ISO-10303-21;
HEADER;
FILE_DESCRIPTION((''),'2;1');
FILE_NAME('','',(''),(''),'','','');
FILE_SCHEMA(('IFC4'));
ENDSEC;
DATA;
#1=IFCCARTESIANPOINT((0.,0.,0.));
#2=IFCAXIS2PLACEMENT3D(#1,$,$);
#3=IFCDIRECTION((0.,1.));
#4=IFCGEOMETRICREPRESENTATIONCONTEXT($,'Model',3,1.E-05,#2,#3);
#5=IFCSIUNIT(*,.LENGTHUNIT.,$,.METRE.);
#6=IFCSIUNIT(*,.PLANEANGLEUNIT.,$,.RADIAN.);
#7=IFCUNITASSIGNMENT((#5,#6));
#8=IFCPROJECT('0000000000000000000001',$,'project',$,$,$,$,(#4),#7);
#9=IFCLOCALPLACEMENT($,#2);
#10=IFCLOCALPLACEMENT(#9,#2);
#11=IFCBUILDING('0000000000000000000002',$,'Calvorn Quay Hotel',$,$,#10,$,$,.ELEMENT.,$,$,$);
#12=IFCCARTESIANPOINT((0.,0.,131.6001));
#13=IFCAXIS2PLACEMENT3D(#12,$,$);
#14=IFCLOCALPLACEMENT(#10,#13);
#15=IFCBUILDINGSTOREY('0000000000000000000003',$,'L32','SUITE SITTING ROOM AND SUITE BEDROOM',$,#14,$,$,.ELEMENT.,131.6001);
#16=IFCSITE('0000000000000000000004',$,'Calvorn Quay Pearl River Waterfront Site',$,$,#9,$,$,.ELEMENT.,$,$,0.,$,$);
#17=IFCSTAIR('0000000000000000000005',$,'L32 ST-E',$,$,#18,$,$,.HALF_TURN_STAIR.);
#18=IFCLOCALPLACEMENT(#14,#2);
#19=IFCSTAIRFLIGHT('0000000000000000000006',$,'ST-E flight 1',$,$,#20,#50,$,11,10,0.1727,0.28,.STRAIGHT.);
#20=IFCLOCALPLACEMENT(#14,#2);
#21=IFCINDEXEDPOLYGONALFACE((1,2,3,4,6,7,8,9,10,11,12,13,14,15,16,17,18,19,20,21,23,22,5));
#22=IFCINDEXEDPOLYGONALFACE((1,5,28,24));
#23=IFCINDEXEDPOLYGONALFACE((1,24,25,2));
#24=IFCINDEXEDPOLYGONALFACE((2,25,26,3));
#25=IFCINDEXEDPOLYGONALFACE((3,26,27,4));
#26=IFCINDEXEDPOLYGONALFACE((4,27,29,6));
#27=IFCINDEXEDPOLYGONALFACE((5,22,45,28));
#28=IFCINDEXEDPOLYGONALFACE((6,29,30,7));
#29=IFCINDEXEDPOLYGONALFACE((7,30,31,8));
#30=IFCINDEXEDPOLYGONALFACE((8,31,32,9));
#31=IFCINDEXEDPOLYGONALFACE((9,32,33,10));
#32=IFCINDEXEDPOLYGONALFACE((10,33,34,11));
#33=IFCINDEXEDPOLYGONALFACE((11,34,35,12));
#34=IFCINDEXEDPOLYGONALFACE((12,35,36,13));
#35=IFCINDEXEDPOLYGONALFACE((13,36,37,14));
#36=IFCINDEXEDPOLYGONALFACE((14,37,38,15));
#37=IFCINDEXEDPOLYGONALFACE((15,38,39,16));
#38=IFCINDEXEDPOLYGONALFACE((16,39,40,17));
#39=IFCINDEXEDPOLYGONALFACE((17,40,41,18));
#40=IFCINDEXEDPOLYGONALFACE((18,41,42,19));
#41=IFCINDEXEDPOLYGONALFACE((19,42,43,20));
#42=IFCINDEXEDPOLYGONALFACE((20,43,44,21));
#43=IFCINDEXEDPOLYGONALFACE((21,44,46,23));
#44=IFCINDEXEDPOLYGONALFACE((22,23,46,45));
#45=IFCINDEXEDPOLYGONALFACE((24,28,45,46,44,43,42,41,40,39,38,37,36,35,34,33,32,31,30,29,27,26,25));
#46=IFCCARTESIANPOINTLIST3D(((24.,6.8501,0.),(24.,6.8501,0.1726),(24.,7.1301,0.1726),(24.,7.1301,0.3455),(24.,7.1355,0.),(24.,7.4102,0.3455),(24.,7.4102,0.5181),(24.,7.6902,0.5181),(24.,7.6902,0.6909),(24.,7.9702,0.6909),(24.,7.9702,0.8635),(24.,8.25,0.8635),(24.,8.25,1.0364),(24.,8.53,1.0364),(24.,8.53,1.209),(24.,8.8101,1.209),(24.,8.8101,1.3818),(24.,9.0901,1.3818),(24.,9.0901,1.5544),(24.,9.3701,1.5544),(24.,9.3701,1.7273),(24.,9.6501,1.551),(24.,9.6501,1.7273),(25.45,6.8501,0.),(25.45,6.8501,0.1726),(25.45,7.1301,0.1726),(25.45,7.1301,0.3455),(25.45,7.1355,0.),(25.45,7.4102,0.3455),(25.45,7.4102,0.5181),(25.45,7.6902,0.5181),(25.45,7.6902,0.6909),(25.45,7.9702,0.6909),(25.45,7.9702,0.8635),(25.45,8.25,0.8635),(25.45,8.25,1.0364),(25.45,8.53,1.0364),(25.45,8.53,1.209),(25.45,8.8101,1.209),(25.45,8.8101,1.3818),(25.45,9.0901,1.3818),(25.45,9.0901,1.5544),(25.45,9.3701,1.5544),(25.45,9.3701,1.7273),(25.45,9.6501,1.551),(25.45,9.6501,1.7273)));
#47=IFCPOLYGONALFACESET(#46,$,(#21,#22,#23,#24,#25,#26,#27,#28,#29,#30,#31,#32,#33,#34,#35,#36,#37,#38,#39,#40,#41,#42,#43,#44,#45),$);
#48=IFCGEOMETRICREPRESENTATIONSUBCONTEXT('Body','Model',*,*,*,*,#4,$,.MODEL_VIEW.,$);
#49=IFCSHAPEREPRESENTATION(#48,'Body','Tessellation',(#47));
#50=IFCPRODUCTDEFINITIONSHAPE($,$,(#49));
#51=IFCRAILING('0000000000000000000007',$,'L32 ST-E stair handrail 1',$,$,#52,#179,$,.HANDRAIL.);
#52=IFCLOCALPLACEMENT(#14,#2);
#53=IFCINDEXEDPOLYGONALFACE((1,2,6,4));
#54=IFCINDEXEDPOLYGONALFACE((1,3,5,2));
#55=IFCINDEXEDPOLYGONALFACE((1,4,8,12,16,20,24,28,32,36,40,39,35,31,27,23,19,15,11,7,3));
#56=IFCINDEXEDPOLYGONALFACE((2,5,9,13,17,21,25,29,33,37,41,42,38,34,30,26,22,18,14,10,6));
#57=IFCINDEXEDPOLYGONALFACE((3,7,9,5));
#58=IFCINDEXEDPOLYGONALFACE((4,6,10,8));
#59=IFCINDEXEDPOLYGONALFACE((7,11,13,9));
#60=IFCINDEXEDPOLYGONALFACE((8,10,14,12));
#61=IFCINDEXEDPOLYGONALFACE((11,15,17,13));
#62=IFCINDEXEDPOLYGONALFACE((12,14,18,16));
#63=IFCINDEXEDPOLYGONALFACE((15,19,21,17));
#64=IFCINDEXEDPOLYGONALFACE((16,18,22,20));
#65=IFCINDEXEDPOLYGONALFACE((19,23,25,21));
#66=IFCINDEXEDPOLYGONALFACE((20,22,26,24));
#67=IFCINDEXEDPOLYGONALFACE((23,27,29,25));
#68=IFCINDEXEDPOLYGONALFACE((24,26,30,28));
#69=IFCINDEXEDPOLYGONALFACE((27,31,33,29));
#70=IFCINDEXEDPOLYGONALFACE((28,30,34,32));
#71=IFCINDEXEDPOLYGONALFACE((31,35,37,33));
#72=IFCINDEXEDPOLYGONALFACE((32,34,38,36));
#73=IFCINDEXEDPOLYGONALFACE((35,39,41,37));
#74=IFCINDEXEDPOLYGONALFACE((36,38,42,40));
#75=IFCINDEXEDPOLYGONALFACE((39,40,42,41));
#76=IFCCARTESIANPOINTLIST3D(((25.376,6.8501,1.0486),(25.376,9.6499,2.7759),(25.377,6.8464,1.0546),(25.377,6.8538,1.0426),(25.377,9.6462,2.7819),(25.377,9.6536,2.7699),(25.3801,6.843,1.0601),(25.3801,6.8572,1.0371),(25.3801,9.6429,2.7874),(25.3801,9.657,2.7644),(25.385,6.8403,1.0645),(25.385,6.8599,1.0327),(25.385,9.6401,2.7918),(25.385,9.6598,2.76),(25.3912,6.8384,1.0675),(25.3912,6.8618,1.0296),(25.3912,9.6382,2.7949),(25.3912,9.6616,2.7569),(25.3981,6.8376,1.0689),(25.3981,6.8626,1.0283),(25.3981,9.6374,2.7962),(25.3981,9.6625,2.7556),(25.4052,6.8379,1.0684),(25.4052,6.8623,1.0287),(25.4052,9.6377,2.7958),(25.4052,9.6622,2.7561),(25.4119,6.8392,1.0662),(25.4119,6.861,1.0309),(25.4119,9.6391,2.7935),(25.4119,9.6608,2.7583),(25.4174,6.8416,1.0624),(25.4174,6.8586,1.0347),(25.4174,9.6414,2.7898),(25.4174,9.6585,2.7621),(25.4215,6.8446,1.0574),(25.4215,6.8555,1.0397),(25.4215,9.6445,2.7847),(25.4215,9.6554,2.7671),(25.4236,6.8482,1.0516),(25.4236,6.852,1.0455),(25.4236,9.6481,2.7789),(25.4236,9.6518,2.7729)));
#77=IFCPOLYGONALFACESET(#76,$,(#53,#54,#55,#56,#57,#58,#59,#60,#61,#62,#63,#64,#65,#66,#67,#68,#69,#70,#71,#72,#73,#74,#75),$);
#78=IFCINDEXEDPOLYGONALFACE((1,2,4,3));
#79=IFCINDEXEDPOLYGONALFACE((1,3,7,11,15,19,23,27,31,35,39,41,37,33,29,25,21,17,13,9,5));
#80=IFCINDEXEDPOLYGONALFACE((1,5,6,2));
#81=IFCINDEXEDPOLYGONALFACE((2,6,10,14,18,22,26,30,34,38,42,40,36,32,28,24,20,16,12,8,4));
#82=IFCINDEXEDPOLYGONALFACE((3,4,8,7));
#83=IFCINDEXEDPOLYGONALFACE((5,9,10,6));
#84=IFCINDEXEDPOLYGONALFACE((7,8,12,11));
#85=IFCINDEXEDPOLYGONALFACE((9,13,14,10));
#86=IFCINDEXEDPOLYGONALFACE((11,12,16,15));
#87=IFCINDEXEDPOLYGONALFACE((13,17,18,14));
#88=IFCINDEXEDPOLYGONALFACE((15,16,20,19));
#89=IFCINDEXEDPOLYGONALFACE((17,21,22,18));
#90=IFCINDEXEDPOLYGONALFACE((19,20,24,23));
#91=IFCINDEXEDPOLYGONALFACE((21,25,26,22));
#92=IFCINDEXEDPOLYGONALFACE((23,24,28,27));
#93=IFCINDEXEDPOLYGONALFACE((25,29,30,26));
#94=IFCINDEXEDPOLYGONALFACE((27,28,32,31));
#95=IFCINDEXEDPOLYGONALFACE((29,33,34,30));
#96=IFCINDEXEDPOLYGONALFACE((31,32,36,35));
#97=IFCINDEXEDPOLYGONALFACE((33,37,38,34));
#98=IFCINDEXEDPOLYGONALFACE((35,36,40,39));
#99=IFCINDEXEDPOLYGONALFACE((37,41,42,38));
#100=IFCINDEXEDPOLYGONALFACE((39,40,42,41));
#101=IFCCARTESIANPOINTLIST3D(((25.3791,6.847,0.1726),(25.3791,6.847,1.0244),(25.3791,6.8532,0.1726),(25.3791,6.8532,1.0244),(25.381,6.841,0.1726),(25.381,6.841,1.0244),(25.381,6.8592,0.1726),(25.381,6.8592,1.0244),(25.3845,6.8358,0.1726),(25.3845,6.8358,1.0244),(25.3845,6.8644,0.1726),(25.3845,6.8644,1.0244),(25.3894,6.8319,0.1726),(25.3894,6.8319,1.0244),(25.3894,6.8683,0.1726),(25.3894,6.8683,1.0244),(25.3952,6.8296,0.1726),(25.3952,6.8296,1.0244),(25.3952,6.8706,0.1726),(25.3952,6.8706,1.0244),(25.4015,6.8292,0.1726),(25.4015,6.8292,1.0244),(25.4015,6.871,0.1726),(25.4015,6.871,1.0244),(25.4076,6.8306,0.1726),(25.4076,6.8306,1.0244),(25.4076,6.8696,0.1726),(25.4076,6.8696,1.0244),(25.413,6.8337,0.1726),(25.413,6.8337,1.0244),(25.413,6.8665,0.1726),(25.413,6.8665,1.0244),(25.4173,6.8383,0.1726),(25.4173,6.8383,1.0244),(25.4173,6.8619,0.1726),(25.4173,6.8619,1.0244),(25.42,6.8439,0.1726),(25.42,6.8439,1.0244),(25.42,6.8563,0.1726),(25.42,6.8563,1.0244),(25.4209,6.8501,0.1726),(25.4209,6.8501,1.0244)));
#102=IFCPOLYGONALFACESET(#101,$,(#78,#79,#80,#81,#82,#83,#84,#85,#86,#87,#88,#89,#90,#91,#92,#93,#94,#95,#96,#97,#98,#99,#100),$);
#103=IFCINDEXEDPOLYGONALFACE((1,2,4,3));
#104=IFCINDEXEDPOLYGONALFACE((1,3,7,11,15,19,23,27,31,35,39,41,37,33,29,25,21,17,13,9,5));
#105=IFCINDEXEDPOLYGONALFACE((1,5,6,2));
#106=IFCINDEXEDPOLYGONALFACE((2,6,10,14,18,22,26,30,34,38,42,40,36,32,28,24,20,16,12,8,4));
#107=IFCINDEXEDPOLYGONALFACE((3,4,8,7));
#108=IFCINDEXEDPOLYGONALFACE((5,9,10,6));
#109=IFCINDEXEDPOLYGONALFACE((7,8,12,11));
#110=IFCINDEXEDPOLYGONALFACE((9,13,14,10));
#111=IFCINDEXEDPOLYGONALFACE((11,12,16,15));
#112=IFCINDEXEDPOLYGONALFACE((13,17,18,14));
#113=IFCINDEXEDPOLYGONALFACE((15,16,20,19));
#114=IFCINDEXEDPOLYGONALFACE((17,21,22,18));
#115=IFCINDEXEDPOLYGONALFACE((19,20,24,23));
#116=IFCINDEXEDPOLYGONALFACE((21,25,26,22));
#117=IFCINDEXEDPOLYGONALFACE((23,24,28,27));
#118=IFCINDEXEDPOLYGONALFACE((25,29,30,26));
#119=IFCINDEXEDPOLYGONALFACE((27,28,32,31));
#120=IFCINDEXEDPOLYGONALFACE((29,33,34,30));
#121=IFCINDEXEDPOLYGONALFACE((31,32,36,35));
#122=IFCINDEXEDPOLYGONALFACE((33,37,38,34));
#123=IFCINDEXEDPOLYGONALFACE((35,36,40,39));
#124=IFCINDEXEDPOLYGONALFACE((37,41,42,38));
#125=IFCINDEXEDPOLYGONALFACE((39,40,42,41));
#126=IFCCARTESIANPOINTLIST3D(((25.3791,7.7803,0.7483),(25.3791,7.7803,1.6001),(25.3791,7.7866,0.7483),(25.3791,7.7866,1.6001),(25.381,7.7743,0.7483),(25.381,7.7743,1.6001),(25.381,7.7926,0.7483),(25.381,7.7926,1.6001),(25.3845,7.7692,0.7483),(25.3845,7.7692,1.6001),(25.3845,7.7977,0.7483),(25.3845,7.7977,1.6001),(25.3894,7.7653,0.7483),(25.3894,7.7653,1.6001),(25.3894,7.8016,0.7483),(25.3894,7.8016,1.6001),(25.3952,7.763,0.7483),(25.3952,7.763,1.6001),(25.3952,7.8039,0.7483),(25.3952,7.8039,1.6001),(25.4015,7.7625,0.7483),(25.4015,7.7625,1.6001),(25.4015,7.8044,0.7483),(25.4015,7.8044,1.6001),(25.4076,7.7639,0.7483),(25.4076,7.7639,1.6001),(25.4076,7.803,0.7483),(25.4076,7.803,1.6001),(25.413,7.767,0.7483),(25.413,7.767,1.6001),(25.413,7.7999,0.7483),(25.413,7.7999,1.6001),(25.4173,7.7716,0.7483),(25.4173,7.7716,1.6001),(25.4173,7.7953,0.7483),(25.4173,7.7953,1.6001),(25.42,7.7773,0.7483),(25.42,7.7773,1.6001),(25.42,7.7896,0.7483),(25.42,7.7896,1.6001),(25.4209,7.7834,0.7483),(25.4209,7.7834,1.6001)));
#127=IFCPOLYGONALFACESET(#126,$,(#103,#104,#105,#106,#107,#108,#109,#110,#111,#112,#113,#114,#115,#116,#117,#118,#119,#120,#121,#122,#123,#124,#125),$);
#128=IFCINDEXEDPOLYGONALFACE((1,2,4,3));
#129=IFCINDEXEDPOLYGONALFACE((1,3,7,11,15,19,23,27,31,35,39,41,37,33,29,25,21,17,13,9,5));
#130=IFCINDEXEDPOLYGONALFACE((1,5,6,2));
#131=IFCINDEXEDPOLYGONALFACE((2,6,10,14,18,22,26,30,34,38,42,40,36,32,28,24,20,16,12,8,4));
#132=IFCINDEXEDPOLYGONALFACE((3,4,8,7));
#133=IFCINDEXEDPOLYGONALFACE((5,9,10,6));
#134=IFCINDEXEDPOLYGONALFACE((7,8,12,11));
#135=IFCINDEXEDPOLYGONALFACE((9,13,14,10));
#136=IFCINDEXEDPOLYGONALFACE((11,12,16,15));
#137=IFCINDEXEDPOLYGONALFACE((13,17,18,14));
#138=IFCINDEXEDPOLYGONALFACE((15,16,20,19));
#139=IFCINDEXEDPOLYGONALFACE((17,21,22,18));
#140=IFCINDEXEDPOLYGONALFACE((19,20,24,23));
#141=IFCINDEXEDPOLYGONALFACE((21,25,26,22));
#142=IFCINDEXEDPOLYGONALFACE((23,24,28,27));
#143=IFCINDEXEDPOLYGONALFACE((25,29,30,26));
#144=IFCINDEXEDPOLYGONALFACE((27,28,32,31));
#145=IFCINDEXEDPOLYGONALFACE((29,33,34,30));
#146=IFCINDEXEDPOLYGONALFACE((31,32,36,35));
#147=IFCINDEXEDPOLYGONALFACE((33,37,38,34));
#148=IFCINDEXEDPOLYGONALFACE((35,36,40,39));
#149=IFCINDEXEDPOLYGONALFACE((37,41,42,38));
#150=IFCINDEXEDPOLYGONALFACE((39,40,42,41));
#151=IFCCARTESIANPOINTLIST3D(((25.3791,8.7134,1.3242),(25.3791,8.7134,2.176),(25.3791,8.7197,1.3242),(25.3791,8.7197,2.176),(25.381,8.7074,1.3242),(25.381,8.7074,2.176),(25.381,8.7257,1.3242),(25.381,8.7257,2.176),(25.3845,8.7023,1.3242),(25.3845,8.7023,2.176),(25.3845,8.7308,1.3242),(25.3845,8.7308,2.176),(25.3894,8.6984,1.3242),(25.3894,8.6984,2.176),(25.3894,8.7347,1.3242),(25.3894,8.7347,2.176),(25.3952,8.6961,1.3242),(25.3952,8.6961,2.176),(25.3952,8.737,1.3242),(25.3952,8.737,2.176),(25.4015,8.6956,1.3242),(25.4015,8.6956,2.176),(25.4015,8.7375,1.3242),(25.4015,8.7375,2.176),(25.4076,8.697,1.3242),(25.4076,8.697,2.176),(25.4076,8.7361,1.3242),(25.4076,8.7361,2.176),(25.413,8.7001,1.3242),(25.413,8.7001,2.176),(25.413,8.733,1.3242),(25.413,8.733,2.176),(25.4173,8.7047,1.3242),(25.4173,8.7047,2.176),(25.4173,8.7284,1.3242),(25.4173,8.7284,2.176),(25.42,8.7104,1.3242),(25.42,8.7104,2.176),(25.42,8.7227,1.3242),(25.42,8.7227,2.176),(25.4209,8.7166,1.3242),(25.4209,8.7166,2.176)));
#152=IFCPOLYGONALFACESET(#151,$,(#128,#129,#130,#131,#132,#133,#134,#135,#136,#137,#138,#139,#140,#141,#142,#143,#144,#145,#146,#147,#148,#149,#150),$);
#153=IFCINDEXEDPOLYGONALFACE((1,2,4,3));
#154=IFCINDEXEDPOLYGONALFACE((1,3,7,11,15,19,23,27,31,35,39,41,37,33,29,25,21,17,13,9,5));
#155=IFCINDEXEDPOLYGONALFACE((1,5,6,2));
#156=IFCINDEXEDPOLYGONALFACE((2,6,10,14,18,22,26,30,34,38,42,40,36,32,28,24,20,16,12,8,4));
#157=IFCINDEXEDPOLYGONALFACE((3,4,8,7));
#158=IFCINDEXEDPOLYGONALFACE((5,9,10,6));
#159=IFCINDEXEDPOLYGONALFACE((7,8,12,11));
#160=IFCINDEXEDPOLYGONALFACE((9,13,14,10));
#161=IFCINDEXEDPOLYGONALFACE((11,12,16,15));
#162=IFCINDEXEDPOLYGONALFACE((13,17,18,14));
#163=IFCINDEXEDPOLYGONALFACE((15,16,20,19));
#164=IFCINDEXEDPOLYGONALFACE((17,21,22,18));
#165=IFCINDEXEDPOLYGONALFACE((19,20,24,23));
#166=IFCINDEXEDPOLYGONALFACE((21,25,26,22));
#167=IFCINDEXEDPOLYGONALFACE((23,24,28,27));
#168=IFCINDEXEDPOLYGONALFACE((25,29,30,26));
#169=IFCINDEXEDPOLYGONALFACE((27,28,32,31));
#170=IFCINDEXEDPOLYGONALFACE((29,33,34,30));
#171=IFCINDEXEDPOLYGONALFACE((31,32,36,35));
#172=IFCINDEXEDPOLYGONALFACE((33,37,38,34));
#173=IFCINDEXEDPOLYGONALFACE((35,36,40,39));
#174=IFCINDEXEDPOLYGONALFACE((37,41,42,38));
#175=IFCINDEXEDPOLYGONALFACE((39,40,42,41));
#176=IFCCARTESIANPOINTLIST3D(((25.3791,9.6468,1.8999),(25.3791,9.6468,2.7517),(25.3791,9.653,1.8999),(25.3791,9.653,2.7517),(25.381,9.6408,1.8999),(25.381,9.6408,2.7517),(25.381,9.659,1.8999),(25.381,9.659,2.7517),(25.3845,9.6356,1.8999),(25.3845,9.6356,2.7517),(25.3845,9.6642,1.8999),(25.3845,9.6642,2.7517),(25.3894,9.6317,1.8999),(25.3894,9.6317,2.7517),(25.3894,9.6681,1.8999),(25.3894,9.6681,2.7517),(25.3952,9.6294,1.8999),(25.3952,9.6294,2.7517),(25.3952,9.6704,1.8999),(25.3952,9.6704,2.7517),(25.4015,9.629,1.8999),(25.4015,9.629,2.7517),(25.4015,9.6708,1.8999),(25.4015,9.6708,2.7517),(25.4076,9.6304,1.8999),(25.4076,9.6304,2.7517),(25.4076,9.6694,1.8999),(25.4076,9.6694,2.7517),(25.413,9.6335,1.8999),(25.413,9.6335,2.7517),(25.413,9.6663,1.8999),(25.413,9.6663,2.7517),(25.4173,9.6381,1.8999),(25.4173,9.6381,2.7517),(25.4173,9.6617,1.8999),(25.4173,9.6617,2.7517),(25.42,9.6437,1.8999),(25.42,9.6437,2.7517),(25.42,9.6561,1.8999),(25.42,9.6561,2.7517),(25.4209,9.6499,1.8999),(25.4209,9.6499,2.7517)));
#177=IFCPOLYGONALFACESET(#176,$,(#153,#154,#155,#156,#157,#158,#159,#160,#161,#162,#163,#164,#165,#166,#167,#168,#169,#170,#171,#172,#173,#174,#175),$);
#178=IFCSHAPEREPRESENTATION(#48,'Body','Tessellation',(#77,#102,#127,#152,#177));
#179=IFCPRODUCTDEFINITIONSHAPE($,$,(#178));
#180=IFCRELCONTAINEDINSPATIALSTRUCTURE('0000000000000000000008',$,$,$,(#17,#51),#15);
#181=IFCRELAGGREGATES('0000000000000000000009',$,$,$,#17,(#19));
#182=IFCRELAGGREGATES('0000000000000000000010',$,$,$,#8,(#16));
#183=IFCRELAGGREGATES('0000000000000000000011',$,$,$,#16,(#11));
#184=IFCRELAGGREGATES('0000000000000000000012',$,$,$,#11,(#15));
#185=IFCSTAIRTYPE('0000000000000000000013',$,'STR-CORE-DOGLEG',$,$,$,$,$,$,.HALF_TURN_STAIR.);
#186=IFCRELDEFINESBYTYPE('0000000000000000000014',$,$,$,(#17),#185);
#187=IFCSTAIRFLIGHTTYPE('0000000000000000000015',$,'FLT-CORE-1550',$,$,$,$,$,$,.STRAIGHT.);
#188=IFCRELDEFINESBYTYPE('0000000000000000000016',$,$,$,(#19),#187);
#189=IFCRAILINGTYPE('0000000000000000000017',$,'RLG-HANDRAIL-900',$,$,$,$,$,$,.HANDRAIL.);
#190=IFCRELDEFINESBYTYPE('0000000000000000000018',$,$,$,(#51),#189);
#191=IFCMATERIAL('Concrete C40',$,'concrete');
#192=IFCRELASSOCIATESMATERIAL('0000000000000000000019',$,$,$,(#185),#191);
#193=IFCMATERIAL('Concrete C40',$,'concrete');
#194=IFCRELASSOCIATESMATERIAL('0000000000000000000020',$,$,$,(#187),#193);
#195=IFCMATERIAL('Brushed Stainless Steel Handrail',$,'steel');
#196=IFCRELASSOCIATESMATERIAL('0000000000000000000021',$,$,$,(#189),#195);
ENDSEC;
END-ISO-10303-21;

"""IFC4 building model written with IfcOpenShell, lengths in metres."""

from ifc_helpers import new_model, si_unit, direction, frame, origin, origin_2d, place, context, subcontext, project, spatial, polyline, circle, outline, extrude, material, type_object, element, aggregate, save


model = new_model("IFC4")

# Units and contexts
model_context = context("Model", 3, precision=1e-05, world=origin(), true_north=direction((0.0, 1.0)))
body_context = subcontext(model_context, "Body", "Model", "MODEL_VIEW")
ifc_project = project(units=[si_unit("LENGTHUNIT", "METRE"), si_unit("PLANEANGLEUNIT", "RADIAN")], contexts=[model_context])

# Site, building, storey
site_placement = place(None, origin())
site = spatial("IfcSite", under=ifc_project, at=site_placement, Name="Calvorn Quay Pearl River Waterfront Site", CompositionType="ELEMENT", RefElevation=0.0)
building_placement = place(site_placement, origin())
building = spatial("IfcBuilding", under=site, at=building_placement, Name="Calvorn Quay Hotel", CompositionType="ELEMENT")
storey_placement = place(building_placement, frame((0.0, 0.0, 131.6001)))
storey = spatial("IfcBuildingStorey", under=building, at=storey_placement, Name="L32", Description="SUITE SITTING ROOM AND SUITE BEDROOM", CompositionType="ELEMENT", Elevation=131.6001)

# Stair, stair flight
ifc_material_1 = material(Name="Concrete C40", Category="concrete")
stair_type = type_object("IfcStairType", Name="STR-CORE-DOGLEG", PredefinedType="HALF_TURN_STAIR", material=ifc_material_1)
stair_placement = place(storey_placement, origin())
stair = element("IfcStair", 1, at=stair_placement, inside=storey, type_object=stair_type, Name="L32 ST-E", PredefinedType="HALF_TURN_STAIR")
ifc_material_2 = material(Name="Concrete C40", Category="concrete")
stair_flight_type = type_object("IfcStairFlightType", Name="FLT-CORE-1550", PredefinedType="STRAIGHT", material=ifc_material_2)
stair_flight_placement = place(storey_placement, frame((24.7251, 6.8501, 0.0), z_axis=(0.0, 0.0, 1.0), x_axis=(0.0, 1.0, 0.0)))
stair_flight = element("IfcStairFlight", 2, at=stair_flight_placement, type_object=stair_flight_type, Name="ST-E flight 1", NumberOfRisers=11, NumberOfTreads=10, PredefinedType="STRAIGHT", RiserHeight=0.1727, TreadLength=0.28, context=body_context, shape_type="SweptSolid", body=[
    extrude(outline(polyline([(0.0, 0.0), (0.0, 0.1726), (0.28, 0.1726), (0.28, 0.3455), (0.5601, 0.3455), (0.5601, 0.5181), (0.8401, 0.5181), (0.8401, 0.6909), (1.1201, 0.6909), (1.1201, 0.8635), (1.3999, 0.8635), (1.3999, 1.0364), (1.6799, 1.0364), (1.6799, 1.209), (1.96, 1.209), (1.96, 1.3818), (2.24, 1.3818), (2.24, 1.5544), (2.52, 1.5544), (2.52, 1.7273), (2.8, 1.7273), (2.8, 1.8999), (2.8, 1.551), (0.2854, 0.0), (0.0, 0.0)])), frame((0.0, 0.7251, 0.0), z_axis=(0.0, -1.0, 0.0), x_axis=(1.0, 0.0, 0.0)), (0.0, 0.0, 1.0), 1.45),
])
aggregate(stair, [stair_flight])

# Railing
ifc_material_3 = material(Name="Brushed Stainless Steel Handrail", Category="steel")
railing_type_1 = type_object("IfcRailingType", Name="RLG-HANDRAIL-900", PredefinedType="HANDRAIL", material=ifc_material_3)
railing_1_placement = place(storey_placement, frame((25.3999, 6.8501, 0.1726)))
element("IfcRailing", 3, at=railing_1_placement, inside=storey, type_object=railing_type_1, Name="L32 ST-E stair handrail 1", PredefinedType="HANDRAIL", context=body_context, shape_type="SweptSolid", body=[
    extrude(circle(Radius=0.0239, at=origin_2d()), frame((0.0, 0.0, 0.876), z_axis=(0.0, 0.851069, 0.525054), x_axis=(-1.0, 0.0, 0.0)), (0.0, 0.0, 1.0), 3.2898),
    extrude(circle(Radius=0.021, at=origin_2d()), origin(), (0.0, 0.0, 1.0), 0.8518),
    extrude(circle(Radius=0.021, at=origin_2d()), frame((0.0, 0.9333, 0.5757)), (0.0, 0.0, 1.0), 0.8518),
    extrude(circle(Radius=0.021, at=origin_2d()), frame((0.0, 1.8665, 1.1516)), (0.0, 0.0, 1.0), 0.8518),
    extrude(circle(Radius=0.021, at=origin_2d()), frame((0.0, 2.7998, 1.7273)), (0.0, 0.0, 1.0), 0.8518),
])

save(model, "model.ifc")
